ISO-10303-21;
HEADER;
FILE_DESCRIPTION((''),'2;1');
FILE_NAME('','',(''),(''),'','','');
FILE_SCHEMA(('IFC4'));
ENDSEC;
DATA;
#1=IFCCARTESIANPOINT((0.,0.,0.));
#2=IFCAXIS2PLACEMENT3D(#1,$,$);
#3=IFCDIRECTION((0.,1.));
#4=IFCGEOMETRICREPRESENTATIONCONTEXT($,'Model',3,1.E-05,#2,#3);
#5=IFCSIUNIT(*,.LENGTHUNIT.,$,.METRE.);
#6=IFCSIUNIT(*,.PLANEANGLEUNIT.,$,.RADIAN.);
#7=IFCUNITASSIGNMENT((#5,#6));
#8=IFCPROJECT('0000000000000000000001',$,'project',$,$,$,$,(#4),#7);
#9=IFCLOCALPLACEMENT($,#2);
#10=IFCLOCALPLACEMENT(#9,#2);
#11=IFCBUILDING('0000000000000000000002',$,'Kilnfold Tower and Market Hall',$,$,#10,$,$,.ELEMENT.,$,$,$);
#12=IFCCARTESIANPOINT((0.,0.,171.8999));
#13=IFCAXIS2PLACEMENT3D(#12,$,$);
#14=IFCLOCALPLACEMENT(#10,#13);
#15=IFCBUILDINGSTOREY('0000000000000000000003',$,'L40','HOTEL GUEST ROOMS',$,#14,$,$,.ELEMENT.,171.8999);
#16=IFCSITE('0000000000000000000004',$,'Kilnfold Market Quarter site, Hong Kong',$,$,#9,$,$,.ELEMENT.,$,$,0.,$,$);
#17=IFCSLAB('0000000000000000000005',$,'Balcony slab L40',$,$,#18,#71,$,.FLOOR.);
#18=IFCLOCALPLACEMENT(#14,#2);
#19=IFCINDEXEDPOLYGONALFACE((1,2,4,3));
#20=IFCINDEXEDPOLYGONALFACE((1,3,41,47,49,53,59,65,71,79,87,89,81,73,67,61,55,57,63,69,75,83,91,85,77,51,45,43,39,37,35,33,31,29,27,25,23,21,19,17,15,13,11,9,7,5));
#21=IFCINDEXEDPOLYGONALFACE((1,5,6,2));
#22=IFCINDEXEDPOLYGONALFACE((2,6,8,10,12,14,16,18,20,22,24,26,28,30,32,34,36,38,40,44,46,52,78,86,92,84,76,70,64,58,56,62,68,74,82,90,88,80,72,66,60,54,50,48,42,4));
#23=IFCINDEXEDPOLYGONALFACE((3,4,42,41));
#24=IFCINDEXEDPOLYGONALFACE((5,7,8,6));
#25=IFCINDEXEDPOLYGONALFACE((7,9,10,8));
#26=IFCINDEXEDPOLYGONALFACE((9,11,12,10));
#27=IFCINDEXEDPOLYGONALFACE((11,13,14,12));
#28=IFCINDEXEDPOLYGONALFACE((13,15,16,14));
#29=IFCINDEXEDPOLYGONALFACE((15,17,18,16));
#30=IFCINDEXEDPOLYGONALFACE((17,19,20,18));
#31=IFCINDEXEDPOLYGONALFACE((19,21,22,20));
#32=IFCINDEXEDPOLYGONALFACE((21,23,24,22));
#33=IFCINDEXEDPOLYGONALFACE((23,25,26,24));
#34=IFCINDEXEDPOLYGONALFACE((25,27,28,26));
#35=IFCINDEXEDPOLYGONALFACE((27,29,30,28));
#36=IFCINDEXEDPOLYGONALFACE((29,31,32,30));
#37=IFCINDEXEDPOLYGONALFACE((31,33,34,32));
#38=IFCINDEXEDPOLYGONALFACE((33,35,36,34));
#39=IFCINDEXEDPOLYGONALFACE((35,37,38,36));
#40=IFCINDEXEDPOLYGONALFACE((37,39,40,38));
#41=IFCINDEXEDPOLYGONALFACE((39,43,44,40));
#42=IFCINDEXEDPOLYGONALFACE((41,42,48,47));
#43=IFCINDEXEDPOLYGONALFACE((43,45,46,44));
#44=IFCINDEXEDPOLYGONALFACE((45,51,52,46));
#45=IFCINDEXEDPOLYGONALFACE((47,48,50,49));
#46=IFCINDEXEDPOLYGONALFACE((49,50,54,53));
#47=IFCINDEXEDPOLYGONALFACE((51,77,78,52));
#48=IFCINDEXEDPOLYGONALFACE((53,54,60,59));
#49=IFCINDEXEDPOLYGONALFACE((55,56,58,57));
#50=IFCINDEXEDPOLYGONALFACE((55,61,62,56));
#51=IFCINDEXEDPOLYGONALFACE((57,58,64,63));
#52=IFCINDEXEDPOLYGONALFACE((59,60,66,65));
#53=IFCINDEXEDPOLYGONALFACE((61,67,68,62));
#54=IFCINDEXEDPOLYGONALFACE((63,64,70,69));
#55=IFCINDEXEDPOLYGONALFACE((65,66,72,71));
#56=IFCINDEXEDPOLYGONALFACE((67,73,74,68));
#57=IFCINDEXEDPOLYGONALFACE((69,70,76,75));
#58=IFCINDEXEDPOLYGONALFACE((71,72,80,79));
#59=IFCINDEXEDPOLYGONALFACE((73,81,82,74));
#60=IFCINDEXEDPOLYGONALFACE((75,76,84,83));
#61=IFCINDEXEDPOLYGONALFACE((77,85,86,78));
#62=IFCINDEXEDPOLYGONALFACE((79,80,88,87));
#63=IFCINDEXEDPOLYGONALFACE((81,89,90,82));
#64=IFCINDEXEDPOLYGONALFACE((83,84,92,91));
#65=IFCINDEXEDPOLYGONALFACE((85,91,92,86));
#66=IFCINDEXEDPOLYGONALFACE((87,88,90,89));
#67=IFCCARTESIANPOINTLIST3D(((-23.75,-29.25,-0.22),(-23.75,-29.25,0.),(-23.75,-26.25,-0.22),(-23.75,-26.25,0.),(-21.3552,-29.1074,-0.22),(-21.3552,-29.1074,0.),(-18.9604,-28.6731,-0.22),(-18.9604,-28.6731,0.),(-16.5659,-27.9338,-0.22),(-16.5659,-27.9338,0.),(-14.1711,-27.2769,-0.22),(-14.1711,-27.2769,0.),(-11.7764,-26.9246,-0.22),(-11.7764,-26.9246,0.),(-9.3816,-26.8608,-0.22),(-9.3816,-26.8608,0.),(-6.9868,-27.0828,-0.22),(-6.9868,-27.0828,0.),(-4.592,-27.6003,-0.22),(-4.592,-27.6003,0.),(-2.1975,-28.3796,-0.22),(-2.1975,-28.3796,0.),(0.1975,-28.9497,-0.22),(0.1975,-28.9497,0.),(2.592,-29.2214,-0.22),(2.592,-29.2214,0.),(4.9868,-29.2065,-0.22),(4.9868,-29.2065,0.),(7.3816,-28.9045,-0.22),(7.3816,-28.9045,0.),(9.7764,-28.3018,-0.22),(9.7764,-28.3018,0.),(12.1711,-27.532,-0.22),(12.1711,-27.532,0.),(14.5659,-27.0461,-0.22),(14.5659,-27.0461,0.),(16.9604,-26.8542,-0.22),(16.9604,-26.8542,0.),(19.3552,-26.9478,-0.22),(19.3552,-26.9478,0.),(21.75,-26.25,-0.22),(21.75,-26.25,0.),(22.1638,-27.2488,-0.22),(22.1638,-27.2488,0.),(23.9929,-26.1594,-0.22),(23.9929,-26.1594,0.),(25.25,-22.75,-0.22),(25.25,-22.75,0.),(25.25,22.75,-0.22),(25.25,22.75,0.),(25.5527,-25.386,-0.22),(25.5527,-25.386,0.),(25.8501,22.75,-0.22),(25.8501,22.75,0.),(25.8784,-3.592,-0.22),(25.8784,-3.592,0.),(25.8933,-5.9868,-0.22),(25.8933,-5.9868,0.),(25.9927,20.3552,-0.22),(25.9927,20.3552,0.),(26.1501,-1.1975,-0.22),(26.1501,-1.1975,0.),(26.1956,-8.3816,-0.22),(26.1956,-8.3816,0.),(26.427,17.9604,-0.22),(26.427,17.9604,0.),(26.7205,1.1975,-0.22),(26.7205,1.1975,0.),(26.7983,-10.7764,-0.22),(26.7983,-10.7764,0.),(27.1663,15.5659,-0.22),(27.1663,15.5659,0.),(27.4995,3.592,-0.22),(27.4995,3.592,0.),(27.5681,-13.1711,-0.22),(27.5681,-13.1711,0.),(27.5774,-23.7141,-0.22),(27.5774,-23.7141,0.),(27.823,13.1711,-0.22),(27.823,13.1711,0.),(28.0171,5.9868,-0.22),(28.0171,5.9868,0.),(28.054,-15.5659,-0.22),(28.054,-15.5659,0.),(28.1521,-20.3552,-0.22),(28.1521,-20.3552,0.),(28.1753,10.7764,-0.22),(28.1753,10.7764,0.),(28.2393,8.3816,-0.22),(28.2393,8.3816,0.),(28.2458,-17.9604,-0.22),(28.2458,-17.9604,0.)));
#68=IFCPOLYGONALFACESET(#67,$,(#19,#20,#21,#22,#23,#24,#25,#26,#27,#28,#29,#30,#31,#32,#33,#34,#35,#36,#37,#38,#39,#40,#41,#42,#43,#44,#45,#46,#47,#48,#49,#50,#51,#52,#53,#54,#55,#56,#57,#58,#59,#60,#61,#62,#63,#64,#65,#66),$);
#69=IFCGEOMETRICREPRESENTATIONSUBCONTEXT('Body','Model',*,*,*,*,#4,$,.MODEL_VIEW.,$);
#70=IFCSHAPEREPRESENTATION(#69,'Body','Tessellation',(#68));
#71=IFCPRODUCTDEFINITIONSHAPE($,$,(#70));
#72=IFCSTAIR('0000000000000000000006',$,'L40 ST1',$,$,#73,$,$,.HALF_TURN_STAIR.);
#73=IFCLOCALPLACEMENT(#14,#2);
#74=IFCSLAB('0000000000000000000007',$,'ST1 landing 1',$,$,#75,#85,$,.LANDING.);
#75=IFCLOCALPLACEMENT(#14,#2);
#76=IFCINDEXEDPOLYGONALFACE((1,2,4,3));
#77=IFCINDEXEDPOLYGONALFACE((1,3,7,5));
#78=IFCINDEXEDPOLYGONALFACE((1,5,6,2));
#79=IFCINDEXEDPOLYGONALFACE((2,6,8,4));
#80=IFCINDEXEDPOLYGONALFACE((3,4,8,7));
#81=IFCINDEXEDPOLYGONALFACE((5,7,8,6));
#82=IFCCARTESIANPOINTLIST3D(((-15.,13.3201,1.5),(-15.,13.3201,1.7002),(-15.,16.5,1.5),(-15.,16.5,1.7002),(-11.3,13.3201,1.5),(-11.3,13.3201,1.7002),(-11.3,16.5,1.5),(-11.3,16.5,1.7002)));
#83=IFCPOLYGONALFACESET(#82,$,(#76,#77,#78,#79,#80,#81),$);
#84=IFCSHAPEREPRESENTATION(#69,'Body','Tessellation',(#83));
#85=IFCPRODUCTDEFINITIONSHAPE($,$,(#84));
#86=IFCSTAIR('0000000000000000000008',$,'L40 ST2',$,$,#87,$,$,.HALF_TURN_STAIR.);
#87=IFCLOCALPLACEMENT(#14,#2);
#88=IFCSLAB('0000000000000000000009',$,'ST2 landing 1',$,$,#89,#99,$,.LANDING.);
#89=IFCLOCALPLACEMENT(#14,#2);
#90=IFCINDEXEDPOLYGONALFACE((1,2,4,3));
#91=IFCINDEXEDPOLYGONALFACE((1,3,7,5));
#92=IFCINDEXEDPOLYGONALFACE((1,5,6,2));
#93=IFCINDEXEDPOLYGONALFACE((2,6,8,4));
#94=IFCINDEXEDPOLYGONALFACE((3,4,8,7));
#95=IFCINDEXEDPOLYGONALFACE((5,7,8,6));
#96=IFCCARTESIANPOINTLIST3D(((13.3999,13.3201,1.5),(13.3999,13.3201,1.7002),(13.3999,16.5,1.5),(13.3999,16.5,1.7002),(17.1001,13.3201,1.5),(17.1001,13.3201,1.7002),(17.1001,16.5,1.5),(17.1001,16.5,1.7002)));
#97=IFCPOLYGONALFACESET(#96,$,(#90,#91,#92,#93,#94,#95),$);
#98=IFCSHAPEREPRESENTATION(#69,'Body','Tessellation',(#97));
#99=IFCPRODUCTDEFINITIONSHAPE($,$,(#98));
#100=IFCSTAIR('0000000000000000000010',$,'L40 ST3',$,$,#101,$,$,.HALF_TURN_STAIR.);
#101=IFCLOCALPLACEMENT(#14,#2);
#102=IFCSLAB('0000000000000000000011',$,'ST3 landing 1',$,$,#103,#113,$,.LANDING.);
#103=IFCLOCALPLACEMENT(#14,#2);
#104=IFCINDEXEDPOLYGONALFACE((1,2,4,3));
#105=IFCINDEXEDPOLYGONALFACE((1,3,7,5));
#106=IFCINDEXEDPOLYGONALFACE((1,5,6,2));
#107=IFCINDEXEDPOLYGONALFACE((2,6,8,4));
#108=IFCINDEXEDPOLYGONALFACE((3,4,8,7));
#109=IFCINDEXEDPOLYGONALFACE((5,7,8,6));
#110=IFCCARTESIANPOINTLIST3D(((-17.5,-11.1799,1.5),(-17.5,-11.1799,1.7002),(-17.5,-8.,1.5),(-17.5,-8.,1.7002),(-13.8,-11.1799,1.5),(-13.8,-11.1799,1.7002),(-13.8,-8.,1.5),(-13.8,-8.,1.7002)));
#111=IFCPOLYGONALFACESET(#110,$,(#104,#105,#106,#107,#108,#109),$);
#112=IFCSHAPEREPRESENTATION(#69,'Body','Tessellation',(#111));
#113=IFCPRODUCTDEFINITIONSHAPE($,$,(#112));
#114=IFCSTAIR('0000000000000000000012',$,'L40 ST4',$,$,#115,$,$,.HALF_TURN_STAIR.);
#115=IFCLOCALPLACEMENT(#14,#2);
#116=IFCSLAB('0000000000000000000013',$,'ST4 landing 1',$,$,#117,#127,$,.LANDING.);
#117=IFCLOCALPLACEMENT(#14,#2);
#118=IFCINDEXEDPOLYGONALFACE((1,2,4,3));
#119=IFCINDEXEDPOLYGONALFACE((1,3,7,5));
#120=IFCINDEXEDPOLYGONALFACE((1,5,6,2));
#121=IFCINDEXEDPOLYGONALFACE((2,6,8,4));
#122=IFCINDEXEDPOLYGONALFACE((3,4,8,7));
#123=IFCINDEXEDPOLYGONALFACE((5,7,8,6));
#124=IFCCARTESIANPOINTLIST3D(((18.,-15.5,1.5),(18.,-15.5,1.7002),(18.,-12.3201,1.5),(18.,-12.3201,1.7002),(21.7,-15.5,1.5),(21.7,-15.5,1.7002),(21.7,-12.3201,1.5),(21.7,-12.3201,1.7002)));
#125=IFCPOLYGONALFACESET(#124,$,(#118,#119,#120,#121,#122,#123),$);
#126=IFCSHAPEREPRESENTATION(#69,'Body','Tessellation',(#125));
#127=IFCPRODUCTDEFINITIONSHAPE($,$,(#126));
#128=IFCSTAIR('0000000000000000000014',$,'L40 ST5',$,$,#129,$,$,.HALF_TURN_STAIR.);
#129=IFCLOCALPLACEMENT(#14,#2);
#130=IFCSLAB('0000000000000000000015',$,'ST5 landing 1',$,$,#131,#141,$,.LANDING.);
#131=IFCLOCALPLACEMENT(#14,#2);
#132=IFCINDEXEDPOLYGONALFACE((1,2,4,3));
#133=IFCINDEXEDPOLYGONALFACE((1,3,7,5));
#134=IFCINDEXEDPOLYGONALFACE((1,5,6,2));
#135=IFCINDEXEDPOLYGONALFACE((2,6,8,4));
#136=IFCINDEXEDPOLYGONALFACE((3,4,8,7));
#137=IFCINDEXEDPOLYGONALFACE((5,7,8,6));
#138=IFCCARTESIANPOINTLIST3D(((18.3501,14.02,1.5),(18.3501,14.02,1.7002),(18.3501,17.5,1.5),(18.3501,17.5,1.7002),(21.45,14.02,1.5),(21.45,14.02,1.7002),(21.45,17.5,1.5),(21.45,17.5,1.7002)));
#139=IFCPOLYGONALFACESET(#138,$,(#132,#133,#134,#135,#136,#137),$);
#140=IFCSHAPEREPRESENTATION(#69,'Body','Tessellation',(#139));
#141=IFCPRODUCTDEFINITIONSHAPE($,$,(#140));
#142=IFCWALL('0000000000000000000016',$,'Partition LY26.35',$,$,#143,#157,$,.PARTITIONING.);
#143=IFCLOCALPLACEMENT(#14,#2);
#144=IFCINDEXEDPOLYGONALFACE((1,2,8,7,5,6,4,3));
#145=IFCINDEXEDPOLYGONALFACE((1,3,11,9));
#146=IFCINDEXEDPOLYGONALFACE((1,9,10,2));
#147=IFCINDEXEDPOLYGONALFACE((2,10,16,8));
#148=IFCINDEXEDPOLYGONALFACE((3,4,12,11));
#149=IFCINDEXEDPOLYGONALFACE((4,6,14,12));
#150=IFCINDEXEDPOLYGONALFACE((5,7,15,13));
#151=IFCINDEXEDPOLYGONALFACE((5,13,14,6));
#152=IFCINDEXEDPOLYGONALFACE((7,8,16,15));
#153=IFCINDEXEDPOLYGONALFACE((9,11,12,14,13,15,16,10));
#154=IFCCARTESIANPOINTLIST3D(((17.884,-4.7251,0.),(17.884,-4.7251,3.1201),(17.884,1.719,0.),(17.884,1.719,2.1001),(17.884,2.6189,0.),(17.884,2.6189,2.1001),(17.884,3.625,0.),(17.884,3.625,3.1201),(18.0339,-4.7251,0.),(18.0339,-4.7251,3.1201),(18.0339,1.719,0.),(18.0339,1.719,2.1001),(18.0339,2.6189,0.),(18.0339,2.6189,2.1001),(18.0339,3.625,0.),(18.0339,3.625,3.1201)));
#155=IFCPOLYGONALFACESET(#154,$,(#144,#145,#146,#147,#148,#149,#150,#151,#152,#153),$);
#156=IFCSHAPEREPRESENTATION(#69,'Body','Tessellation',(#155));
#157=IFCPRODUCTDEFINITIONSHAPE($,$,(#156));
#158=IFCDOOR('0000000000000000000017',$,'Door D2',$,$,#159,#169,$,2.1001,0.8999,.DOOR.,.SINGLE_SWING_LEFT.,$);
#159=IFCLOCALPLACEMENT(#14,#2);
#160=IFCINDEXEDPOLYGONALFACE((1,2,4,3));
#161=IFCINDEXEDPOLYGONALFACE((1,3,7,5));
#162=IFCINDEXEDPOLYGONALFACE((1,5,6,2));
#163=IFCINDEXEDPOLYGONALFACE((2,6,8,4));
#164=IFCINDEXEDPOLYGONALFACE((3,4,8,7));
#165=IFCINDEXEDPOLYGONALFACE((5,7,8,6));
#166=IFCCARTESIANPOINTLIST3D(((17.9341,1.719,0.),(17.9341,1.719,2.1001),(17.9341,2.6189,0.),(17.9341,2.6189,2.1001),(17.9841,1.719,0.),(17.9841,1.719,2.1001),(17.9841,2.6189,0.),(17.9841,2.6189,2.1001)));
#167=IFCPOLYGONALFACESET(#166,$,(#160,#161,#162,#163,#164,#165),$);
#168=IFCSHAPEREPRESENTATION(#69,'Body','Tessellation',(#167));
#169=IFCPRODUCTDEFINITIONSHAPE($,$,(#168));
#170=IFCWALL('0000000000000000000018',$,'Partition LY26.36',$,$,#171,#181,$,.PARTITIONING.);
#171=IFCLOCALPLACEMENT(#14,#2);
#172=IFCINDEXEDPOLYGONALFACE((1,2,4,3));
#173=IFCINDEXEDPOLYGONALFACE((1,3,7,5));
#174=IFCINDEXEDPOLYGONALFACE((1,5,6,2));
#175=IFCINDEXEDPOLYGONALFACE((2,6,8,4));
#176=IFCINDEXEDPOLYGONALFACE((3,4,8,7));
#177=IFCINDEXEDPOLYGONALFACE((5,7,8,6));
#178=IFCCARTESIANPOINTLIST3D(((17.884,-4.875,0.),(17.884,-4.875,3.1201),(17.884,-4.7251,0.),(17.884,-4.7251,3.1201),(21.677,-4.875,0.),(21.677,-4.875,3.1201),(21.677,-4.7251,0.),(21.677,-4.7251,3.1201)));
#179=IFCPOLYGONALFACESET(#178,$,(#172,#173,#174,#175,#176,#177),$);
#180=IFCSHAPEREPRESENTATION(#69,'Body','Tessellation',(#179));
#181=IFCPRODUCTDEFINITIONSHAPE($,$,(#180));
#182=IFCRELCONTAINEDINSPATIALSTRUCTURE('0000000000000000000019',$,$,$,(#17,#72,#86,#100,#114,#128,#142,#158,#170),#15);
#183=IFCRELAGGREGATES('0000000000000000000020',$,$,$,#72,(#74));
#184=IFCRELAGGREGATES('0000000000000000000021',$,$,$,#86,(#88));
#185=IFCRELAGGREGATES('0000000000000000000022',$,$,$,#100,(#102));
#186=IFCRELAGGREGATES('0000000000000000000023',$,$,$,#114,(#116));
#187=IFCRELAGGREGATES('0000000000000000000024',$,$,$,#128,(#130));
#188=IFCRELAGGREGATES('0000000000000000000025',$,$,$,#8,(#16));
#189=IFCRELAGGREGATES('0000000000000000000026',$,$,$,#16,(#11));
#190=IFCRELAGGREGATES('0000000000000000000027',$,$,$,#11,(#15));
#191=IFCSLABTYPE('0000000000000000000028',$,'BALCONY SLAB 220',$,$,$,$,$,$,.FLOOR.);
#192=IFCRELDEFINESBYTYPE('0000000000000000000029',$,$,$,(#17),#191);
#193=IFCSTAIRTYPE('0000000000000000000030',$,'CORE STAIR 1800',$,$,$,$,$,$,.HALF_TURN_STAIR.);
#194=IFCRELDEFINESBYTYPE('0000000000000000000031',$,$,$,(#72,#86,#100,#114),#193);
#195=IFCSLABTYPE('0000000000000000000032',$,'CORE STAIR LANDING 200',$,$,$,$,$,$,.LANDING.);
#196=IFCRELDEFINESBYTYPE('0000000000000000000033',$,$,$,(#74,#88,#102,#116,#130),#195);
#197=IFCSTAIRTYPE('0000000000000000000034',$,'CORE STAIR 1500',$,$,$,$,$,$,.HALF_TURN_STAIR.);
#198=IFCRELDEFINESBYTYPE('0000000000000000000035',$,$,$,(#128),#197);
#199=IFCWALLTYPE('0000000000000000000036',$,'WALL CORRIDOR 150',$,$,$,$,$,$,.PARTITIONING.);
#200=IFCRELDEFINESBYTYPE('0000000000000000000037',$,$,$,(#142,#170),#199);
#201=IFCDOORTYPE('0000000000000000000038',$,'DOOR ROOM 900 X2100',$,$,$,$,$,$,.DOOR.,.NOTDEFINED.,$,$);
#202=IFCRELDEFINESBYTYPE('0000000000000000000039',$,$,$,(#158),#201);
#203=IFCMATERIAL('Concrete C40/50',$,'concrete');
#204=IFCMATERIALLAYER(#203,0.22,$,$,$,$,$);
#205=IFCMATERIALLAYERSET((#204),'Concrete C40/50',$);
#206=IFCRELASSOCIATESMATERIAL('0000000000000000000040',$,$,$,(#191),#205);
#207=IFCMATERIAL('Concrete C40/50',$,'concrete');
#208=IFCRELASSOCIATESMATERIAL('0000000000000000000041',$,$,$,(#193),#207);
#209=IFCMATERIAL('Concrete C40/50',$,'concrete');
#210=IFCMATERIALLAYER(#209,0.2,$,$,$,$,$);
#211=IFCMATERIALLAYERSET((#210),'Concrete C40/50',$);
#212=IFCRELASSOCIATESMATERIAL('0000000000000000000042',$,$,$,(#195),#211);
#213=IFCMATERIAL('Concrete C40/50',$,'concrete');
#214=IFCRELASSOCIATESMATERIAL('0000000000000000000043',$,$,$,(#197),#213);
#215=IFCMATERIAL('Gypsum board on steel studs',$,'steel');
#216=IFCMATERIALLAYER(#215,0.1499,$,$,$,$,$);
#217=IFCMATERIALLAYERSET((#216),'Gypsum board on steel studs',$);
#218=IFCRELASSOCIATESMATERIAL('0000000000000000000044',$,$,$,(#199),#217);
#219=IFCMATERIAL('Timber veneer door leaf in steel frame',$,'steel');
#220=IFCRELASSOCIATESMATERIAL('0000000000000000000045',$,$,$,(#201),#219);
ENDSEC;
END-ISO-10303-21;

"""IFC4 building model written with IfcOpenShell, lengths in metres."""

from ifc_helpers import new_model, si_unit, direction, frame, frame_2d, origin, place, context, subcontext, project, spatial, polyline, rectangle, outline, extrude, source, transform, mapped, material, layer, layer_set, type_object, element, fill, aggregate, save


model = new_model("IFC4")

# Units and contexts
model_context = context("Model", 3, precision=1e-05, world=origin(), true_north=direction((0.0, 1.0)))
body_context = subcontext(model_context, "Body", "Model", "MODEL_VIEW")
ifc_project = project(units=[si_unit("LENGTHUNIT", "METRE"), si_unit("PLANEANGLEUNIT", "RADIAN")], contexts=[model_context])

# Site, building, storey
site_placement = place(None, origin())
site = spatial("IfcSite", under=ifc_project, at=site_placement, Name="Kilnfold Market Quarter site, Hong Kong", CompositionType="ELEMENT", RefElevation=0.0)
building_placement = place(site_placement, origin())
building = spatial("IfcBuilding", under=site, at=building_placement, Name="Kilnfold Tower and Market Hall", CompositionType="ELEMENT")
storey_placement = place(building_placement, frame((0.0, 0.0, 171.8999)))
storey = spatial("IfcBuildingStorey", under=building, at=storey_placement, Name="L40", Description="HOTEL GUEST ROOMS", CompositionType="ELEMENT", Elevation=171.8999)

# Slab
ifc_material_1 = material(Name="Concrete C40/50", Category="concrete")
ifc_layer_1 = layer(ifc_material_1, 0.22)
ifc_layer_set_1 = layer_set([ifc_layer_1], Name="Concrete C40/50")
slab_type_1 = type_object("IfcSlabType", Name="BALCONY SLAB 220", PredefinedType="FLOOR", material=ifc_layer_set_1)
shared_shape_1 = source(origin(), body_context, "Body", "SweptSolid", [
    extrude(outline(polyline([(-23.75, -26.25), (21.75, -26.25), (25.25, -22.75), (25.25, 22.75), (25.8501, 22.75), (25.9927, 20.3552), (26.427, 17.9604), (27.1663, 15.5659), (27.823, 13.1711), (28.1753, 10.7764), (28.2393, 8.3816), (28.0171, 5.9868), (27.4995, 3.592), (26.7205, 1.1975), (26.1501, -1.1975), (25.8784, -3.592), (25.8933, -5.9868), (26.1956, -8.3816), (26.7983, -10.7764), (27.5681, -13.1711), (28.054, -15.5659), (28.2458, -17.9604), (28.1521, -20.3552), (27.5774, -23.7141), (25.5527, -25.386), (23.9929, -26.1594), (22.1638, -27.2488), (19.3552, -26.9478), (16.9604, -26.8542), (14.5659, -27.0461), (12.1711, -27.532), (9.7764, -28.3018), (7.3816, -28.9045), (4.9868, -29.2065), (2.592, -29.2214), (0.1975, -28.9497), (-2.1975, -28.3796), (-4.592, -27.6003), (-6.9868, -27.0828), (-9.3816, -26.8608), (-11.7764, -26.9246), (-14.1711, -27.2769), (-16.5659, -27.9338), (-18.9604, -28.6731), (-21.3552, -29.1074), (-23.75, -29.25), (-23.75, -26.25)])), origin(), (0.0, 0.0, 1.0), 0.22),
])
slab_1_placement = place(storey_placement, frame((0.0, 0.0, -0.22)))
element("IfcSlab", 1, at=slab_1_placement, inside=storey, type_object=slab_type_1, Name="Balcony slab L40", PredefinedType="FLOOR", context=body_context, shape_type="MappedRepresentation", body=[
    mapped(shared_shape_1, transform((0.0, 0.0, 0.0))),
])

# Stairs, slabs
ifc_material_2 = material(Name="Concrete C40/50", Category="concrete")
stair_type_1 = type_object("IfcStairType", Name="CORE STAIR 1800", PredefinedType="HALF_TURN_STAIR", material=ifc_material_2)
stair_1_placement = place(storey_placement, origin())
stair_1 = element("IfcStair", 2, at=stair_1_placement, inside=storey, type_object=stair_type_1, Name="L40 ST1", PredefinedType="HALF_TURN_STAIR")
ifc_material_3 = material(Name="Concrete C40/50", Category="concrete")
ifc_layer_2 = layer(ifc_material_3, 0.2)
ifc_layer_set_2 = layer_set([ifc_layer_2], Name="Concrete C40/50")
slab_type_2 = type_object("IfcSlabType", Name="CORE STAIR LANDING 200", PredefinedType="LANDING", material=ifc_layer_set_2)
shared_shape_2 = source(origin(), body_context, "Body", "SweptSolid", [
    extrude(outline(polyline([(-11.3, 13.3201), (-11.3, 16.5), (-15.0, 16.5), (-15.0, 13.3201), (-11.3, 13.3201)])), origin(), (0.0, 0.0, 1.0), 0.2002),
])
slab_2_placement = place(storey_placement, frame((0.0, 0.0, 1.5)))
slab_2 = element("IfcSlab", 3, at=slab_2_placement, type_object=slab_type_2, Name="ST1 landing 1", PredefinedType="LANDING", context=body_context, shape_type="MappedRepresentation", body=[
    mapped(shared_shape_2, transform((0.0, 0.0, 0.0))),
])
aggregate(stair_1, [slab_2])
stair_2_placement = place(storey_placement, origin())
stair_2 = element("IfcStair", 4, at=stair_2_placement, inside=storey, type_object=stair_type_1, Name="L40 ST2", PredefinedType="HALF_TURN_STAIR")
shared_shape_3 = source(origin(), body_context, "Body", "SweptSolid", [
    extrude(outline(polyline([(17.1001, 13.3201), (17.1001, 16.5), (13.3999, 16.5), (13.3999, 13.3201), (17.1001, 13.3201)])), origin(), (0.0, 0.0, 1.0), 0.2002),
])
slab_3_placement = place(storey_placement, frame((0.0, 0.0, 1.5)))
slab_3 = element("IfcSlab", 5, at=slab_3_placement, type_object=slab_type_2, Name="ST2 landing 1", PredefinedType="LANDING", context=body_context, shape_type="MappedRepresentation", body=[
    mapped(shared_shape_3, transform((0.0, 0.0, 0.0))),
])
aggregate(stair_2, [slab_3])
stair_3_placement = place(storey_placement, origin())
stair_3 = element("IfcStair", 6, at=stair_3_placement, inside=storey, type_object=stair_type_1, Name="L40 ST3", PredefinedType="HALF_TURN_STAIR")
shared_shape_4 = source(origin(), body_context, "Body", "SweptSolid", [
    extrude(outline(polyline([(-13.8, -11.1799), (-13.8, -8.0), (-17.5, -8.0), (-17.5, -11.1799), (-13.8, -11.1799)])), origin(), (0.0, 0.0, 1.0), 0.2002),
])
slab_4_placement = place(storey_placement, frame((0.0, 0.0, 1.5)))
slab_4 = element("IfcSlab", 7, at=slab_4_placement, type_object=slab_type_2, Name="ST3 landing 1", PredefinedType="LANDING", context=body_context, shape_type="MappedRepresentation", body=[
    mapped(shared_shape_4, transform((0.0, 0.0, 0.0))),
])
aggregate(stair_3, [slab_4])
stair_4_placement = place(storey_placement, origin())
stair_4 = element("IfcStair", 8, at=stair_4_placement, inside=storey, type_object=stair_type_1, Name="L40 ST4", PredefinedType="HALF_TURN_STAIR")
shared_shape_5 = source(origin(), body_context, "Body", "SweptSolid", [
    extrude(outline(polyline([(18.0, -12.3201), (18.0, -15.5), (21.7, -15.5), (21.7, -12.3201), (18.0, -12.3201)])), origin(), (0.0, 0.0, 1.0), 0.2002),
])
slab_5_placement = place(storey_placement, frame((0.0, 0.0, 1.5)))
slab_5 = element("IfcSlab", 9, at=slab_5_placement, type_object=slab_type_2, Name="ST4 landing 1", PredefinedType="LANDING", context=body_context, shape_type="MappedRepresentation", body=[
    mapped(shared_shape_5, transform((0.0, 0.0, 0.0))),
])
aggregate(stair_4, [slab_5])
ifc_material_4 = material(Name="Concrete C40/50", Category="concrete")
stair_type_2 = type_object("IfcStairType", Name="CORE STAIR 1500", PredefinedType="HALF_TURN_STAIR", material=ifc_material_4)
stair_5_placement = place(storey_placement, origin())
stair_5 = element("IfcStair", 10, at=stair_5_placement, inside=storey, type_object=stair_type_2, Name="L40 ST5", PredefinedType="HALF_TURN_STAIR")
shared_shape_6 = source(origin(), body_context, "Body", "SweptSolid", [
    extrude(outline(polyline([(21.45, 14.02), (21.45, 17.5), (18.3501, 17.5), (18.3501, 14.02), (21.45, 14.02)])), origin(), (0.0, 0.0, 1.0), 0.2002),
])
slab_6_placement = place(storey_placement, frame((0.0, 0.0, 1.5)))
slab_6 = element("IfcSlab", 11, at=slab_6_placement, type_object=slab_type_2, Name="ST5 landing 1", PredefinedType="LANDING", context=body_context, shape_type="MappedRepresentation", body=[
    mapped(shared_shape_6, transform((0.0, 0.0, 0.0))),
])
aggregate(stair_5, [slab_6])

# Wall, opening, door
ifc_material_5 = material(Name="Gypsum board on steel studs", Category="steel")
ifc_layer_3 = layer(ifc_material_5, 0.1499)
ifc_layer_set_3 = layer_set([ifc_layer_3], Name="Gypsum board on steel studs")
wall_type_1 = type_object("IfcWallType", Name="WALL CORRIDOR 150", PredefinedType="PARTITIONING", material=ifc_layer_set_3)
wall_1_placement = place(storey_placement, frame((17.959, -4.7251, 0.0), z_axis=(0.0, 0.0, 1.0), x_axis=(0.0, 1.0, 0.0)))
wall_1 = element("IfcWall", 12, at=wall_1_placement, inside=storey, type_object=wall_type_1, Name="Partition LY26.35", PredefinedType="PARTITIONING", context=body_context, shape_type="SweptSolid", body=[
    extrude(rectangle(XDim=8.3501, YDim=0.1499, at=frame_2d((4.175, 0.0))), origin(), (0.0, 0.0, 1.0), 3.1201),
])
opening_placement = place(wall_1_placement, frame((6.4441, 0.0, 0.0)))
opening = element("IfcOpeningElement", 13, at=opening_placement, cuts=wall_1, PredefinedType="OPENING", context=body_context, shape_type="SweptSolid", body=[
    extrude(rectangle(XDim=0.8999, YDim=2.1001, at=frame_2d((0.45, 1.05))), frame((0.0, 0.085, 0.0), z_axis=(0.0, -1.0, 0.0), x_axis=(1.0, 0.0, 0.0)), (0.0, 0.0, 1.0), 0.1699),
])
ifc_material_6 = material(Name="Timber veneer door leaf in steel frame", Category="steel")
door_type = type_object("IfcDoorType", Name="DOOR ROOM 900 X2100", OperationType="NOTDEFINED", PredefinedType="DOOR", material=ifc_material_6)
door_placement = place(opening_placement, origin())
door = element("IfcDoor", 14, at=door_placement, inside=storey, type_object=door_type, Name="Door D2", OperationType="SINGLE_SWING_LEFT", OverallHeight=2.1001, OverallWidth=0.8999, PredefinedType="DOOR", context=body_context, shape_type="SweptSolid", body=[
    extrude(rectangle(XDim=0.8999, YDim=2.1001, at=frame_2d((0.45, 1.05))), frame((0.0, 0.0249, 0.0), z_axis=(0.0, -1.0, 0.0), x_axis=(1.0, 0.0, 0.0)), (0.0, 0.0, 1.0), 0.05),
])
fill(opening, door)

# Wall
wall_2_placement = place(storey_placement, frame((17.884, -4.8, 0.0), z_axis=(0.0, 0.0, 1.0), x_axis=(1.0, 0.0, 0.0)))
element("IfcWall", 15, at=wall_2_placement, inside=storey, type_object=wall_type_1, Name="Partition LY26.36", PredefinedType="PARTITIONING", context=body_context, shape_type="SweptSolid", body=[
    extrude(rectangle(XDim=3.793, YDim=0.1499, at=frame_2d((1.8965, 0.0))), origin(), (0.0, 0.0, 1.0), 3.1201),
])

save(model, "model.ifc")
